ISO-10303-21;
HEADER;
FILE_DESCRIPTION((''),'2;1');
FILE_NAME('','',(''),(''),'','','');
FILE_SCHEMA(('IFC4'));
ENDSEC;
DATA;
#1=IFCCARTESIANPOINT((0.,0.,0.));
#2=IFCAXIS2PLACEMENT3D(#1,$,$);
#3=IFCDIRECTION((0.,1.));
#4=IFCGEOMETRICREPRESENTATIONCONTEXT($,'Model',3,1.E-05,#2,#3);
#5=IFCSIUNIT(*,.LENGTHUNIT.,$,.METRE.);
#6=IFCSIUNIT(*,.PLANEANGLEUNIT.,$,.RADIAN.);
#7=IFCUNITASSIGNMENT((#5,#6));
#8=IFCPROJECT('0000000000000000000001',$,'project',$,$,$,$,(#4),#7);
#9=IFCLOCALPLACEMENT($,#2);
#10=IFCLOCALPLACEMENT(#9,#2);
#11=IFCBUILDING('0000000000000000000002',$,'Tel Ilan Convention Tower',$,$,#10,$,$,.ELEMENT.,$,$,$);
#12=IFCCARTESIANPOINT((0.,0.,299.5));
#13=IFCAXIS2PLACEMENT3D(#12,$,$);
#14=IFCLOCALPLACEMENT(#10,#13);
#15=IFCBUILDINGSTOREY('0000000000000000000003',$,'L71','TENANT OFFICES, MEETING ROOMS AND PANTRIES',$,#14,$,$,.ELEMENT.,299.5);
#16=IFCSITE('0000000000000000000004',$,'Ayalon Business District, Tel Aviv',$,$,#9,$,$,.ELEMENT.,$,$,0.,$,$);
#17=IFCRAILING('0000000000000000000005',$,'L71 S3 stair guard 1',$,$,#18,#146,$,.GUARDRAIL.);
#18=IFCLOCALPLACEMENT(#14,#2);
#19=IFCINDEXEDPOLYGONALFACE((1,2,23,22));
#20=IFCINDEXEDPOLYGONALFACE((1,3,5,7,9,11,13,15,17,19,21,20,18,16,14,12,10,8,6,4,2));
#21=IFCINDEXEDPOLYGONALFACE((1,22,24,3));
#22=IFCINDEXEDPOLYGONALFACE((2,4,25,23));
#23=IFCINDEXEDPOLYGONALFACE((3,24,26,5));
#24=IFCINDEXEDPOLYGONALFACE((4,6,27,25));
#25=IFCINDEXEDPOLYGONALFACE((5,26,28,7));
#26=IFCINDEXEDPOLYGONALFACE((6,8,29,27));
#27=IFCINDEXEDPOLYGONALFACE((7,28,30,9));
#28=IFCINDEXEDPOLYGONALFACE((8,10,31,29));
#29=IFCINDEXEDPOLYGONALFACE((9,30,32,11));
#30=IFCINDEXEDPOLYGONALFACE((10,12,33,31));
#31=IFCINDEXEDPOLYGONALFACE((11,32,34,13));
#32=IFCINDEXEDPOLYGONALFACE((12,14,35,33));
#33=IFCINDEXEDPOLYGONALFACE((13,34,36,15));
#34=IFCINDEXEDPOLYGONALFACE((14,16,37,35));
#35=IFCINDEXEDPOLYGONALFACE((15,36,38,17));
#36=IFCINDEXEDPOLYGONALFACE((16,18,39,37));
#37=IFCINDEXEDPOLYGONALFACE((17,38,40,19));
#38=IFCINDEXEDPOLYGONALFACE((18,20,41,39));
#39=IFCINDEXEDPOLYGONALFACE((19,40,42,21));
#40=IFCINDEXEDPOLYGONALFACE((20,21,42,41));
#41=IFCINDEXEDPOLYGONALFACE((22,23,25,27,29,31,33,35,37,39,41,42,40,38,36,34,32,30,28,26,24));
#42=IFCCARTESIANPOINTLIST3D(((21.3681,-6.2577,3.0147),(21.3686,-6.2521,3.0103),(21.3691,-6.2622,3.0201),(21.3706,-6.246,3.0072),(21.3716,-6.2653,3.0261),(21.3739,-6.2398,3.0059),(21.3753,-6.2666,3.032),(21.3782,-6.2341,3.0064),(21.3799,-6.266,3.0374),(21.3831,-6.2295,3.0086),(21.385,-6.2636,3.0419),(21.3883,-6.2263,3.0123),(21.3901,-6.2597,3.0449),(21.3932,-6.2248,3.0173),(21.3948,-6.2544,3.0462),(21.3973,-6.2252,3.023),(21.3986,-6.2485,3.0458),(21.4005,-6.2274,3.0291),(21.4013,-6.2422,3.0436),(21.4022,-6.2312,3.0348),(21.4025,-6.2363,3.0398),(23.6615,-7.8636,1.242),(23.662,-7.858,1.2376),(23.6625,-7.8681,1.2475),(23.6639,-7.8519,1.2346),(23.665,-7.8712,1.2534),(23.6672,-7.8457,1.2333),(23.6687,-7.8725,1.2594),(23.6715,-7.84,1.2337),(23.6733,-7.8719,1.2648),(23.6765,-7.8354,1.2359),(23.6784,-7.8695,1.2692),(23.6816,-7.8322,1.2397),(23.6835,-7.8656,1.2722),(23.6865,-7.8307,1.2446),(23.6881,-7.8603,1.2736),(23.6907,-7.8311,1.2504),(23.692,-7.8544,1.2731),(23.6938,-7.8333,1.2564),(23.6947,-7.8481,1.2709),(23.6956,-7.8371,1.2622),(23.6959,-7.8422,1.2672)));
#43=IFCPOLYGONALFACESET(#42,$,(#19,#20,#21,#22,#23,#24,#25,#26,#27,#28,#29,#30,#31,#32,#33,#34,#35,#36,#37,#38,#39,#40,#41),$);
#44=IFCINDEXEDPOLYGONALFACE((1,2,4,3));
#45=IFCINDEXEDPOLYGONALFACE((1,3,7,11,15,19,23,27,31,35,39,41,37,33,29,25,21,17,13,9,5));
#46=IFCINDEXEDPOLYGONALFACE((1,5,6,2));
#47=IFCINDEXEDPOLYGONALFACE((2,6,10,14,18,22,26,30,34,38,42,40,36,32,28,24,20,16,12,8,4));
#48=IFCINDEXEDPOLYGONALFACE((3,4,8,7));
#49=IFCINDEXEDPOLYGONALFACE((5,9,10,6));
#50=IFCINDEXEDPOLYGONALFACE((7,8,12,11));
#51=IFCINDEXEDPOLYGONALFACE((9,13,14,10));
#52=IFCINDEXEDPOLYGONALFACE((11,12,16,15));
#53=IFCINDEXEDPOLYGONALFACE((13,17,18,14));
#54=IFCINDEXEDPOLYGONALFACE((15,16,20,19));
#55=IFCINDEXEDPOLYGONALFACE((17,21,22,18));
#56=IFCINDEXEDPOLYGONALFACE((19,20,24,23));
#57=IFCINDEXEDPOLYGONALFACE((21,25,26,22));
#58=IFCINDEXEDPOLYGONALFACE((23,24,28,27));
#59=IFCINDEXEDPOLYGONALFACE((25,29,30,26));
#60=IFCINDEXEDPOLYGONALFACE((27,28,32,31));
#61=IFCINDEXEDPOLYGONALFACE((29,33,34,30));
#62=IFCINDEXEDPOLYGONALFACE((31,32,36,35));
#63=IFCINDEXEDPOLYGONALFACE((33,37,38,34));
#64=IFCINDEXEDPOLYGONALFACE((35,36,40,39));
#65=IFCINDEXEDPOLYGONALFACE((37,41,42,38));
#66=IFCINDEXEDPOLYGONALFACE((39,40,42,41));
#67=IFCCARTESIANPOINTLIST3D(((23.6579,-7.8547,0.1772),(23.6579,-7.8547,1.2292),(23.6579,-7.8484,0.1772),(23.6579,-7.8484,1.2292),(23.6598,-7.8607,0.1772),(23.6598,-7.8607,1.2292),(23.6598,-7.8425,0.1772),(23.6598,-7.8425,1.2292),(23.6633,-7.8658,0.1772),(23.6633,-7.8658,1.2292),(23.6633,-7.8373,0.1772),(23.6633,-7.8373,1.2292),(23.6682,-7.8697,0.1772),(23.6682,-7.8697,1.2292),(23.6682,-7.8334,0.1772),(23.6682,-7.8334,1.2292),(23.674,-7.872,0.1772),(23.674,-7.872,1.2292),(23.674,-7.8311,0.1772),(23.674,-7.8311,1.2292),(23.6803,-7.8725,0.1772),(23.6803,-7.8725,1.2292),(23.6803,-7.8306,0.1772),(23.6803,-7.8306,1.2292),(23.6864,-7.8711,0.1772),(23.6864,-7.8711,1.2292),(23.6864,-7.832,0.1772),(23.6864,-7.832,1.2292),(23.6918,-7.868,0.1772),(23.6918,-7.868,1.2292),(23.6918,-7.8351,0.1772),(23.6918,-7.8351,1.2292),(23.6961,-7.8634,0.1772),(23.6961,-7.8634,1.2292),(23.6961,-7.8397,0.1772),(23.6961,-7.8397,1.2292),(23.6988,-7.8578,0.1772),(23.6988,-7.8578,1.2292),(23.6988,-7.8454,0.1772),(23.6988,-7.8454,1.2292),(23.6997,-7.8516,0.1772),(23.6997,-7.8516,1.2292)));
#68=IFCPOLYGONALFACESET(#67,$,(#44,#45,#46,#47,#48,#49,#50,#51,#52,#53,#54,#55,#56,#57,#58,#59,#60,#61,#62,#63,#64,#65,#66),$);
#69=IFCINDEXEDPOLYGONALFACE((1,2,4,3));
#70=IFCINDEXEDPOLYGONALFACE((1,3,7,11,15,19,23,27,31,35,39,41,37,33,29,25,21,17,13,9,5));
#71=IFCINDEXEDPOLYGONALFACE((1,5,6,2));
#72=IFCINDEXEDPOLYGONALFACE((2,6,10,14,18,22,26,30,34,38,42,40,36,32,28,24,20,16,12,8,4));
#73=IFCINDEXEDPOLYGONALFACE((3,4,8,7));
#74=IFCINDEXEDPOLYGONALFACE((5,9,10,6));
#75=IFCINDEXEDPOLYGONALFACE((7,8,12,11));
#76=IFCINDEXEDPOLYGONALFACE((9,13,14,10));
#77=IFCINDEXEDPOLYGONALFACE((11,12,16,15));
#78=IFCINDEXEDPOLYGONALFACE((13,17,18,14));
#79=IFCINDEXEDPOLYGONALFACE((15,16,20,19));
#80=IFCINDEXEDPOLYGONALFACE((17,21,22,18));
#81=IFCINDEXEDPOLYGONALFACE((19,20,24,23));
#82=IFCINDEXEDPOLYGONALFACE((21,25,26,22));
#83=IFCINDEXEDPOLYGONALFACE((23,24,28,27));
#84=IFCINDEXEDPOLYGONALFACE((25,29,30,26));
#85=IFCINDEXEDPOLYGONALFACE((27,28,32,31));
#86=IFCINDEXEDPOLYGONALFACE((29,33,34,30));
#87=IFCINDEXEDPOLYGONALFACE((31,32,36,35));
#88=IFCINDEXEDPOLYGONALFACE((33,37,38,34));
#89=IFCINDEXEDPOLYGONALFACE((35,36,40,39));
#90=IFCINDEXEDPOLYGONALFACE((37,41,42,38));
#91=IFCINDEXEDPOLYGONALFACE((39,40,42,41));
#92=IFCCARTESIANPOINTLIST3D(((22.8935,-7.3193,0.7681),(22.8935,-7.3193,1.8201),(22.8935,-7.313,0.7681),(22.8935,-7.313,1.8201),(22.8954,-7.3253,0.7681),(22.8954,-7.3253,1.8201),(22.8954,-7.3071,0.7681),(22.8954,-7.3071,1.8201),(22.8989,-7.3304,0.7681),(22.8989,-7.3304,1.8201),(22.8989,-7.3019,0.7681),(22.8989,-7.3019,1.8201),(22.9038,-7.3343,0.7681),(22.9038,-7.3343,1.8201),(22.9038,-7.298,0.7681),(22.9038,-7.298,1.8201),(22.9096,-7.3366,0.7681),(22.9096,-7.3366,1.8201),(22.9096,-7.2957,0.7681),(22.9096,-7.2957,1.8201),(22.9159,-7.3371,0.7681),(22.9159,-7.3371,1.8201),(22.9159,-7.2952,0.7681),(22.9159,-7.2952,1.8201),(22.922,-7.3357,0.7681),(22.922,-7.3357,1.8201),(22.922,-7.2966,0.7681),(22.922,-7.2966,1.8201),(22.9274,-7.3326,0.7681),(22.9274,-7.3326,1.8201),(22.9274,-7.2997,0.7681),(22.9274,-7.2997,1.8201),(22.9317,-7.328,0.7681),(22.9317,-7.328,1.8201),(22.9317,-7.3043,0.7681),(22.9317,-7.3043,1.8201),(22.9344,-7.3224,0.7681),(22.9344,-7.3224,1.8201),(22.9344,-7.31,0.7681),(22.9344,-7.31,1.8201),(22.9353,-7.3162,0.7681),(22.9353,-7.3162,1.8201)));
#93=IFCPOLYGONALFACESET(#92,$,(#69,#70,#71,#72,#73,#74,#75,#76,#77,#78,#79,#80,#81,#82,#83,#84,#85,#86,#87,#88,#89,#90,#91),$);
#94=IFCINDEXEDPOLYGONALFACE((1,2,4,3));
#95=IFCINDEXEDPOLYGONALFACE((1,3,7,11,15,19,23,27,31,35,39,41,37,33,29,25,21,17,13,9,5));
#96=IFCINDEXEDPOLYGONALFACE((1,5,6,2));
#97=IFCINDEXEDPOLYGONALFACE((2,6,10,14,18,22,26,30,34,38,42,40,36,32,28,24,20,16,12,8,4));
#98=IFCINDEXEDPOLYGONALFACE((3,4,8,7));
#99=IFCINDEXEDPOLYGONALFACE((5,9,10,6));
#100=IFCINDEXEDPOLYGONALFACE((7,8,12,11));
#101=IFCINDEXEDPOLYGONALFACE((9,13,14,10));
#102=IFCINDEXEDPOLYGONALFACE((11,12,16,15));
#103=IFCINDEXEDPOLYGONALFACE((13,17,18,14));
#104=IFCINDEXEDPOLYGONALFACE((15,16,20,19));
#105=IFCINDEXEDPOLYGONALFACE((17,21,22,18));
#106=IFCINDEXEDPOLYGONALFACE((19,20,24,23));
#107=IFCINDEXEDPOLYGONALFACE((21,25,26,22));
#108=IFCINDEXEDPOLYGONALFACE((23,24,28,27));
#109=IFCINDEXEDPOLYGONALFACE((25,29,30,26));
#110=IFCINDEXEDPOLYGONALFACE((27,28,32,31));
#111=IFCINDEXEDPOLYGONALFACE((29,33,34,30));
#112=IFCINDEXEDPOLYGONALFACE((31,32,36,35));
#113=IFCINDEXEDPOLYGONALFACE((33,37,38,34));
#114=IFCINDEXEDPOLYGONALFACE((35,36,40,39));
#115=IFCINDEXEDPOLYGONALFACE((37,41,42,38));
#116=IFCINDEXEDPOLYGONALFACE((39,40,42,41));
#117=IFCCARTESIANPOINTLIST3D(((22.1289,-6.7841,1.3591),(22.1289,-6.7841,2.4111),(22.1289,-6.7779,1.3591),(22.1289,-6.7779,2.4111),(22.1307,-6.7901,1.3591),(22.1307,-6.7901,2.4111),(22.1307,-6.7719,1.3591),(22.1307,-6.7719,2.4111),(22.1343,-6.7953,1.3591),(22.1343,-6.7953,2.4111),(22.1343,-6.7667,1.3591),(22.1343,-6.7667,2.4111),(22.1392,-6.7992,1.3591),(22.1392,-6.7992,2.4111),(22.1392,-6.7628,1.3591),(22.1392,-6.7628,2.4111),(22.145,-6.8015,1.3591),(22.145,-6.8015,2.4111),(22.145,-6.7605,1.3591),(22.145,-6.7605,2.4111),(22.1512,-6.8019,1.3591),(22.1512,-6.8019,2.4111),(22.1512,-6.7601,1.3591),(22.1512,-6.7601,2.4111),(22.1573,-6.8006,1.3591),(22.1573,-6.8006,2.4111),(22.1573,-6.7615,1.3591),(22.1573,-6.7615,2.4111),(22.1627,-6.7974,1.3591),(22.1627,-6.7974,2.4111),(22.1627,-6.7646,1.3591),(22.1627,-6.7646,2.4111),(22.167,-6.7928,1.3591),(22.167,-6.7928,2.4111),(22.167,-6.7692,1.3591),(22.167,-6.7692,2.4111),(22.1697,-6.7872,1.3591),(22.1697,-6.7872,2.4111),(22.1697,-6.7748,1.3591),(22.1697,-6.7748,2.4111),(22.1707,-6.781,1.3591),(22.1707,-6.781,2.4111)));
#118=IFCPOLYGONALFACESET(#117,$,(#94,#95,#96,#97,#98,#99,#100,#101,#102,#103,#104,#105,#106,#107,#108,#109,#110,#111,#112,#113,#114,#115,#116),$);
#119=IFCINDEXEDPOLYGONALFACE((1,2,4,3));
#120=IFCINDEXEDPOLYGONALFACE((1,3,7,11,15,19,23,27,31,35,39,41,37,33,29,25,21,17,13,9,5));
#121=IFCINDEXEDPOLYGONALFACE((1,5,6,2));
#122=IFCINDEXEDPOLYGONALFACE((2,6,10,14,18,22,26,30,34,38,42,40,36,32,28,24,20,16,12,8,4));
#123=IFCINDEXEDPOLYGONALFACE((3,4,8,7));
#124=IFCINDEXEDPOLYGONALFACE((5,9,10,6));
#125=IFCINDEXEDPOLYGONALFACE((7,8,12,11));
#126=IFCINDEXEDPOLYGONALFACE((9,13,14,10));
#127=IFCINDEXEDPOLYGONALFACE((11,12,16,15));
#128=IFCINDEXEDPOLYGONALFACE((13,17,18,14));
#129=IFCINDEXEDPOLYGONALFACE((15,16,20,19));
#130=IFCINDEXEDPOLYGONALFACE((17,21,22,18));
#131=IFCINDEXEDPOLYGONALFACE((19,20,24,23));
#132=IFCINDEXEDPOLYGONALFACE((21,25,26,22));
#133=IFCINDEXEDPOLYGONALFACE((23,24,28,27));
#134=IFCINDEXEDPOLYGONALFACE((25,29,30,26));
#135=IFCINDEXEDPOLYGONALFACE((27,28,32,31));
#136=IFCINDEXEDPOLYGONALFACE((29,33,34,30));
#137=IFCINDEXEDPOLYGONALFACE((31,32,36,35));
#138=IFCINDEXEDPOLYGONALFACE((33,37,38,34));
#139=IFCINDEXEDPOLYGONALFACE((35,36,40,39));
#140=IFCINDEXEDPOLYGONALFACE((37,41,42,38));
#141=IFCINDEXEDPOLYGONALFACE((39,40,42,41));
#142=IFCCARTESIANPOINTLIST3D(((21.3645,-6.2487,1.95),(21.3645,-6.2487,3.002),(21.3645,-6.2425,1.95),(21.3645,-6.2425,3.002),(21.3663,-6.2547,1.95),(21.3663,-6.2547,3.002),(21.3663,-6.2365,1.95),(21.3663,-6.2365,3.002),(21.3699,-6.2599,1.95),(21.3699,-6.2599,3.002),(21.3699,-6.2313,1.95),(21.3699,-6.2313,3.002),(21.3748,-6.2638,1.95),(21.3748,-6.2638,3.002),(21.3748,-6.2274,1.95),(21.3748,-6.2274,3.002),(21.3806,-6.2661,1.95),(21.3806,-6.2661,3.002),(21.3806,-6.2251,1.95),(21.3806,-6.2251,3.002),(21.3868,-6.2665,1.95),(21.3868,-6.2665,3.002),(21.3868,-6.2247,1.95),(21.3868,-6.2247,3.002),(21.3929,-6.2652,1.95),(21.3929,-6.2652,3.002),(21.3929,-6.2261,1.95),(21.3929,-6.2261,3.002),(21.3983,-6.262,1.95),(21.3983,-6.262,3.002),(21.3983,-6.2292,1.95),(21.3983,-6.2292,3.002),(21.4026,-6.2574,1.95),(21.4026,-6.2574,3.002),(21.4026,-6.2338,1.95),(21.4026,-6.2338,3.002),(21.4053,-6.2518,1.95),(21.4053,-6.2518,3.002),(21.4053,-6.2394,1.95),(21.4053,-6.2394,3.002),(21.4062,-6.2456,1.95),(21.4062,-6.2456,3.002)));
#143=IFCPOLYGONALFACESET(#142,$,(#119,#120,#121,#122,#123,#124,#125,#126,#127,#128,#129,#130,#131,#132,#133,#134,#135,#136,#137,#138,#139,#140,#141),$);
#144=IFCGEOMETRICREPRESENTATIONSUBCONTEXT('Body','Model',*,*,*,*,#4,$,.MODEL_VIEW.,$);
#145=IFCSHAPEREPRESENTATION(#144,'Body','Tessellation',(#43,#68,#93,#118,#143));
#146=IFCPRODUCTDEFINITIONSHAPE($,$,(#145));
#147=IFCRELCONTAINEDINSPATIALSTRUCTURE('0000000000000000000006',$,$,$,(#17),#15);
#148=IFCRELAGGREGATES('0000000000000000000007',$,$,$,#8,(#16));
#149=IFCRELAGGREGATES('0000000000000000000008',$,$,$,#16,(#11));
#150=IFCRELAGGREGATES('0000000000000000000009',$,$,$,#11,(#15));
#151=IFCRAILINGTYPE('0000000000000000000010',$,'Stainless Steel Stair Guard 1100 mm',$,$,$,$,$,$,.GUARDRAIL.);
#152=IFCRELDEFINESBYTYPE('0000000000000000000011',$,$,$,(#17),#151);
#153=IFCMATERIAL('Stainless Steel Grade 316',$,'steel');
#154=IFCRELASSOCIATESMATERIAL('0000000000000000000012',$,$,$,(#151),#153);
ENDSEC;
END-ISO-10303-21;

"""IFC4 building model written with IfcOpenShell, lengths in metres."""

from ifc_helpers import new_model, si_unit, direction, frame, origin, origin_2d, place, context, subcontext, project, spatial, circle, extrude, material, type_object, element, save


model = new_model("IFC4")

# Units and contexts
model_context = context("Model", 3, precision=1e-05, world=origin(), true_north=direction((0.0, 1.0)))
body_context = subcontext(model_context, "Body", "Model", "MODEL_VIEW")
ifc_project = project(units=[si_unit("LENGTHUNIT", "METRE"), si_unit("PLANEANGLEUNIT", "RADIAN")], contexts=[model_context])

# Site, building, storey
site_placement = place(None, origin())
site = spatial("IfcSite", under=ifc_project, at=site_placement, Name="Ayalon Business District, Tel Aviv", CompositionType="ELEMENT", RefElevation=0.0)
building_placement = place(site_placement, origin())
building = spatial("IfcBuilding", under=site, at=building_placement, Name="Tel Ilan Convention Tower", CompositionType="ELEMENT")
storey_placement = place(building_placement, frame((0.0, 0.0, 299.5)))
storey = spatial("IfcBuildingStorey", under=building, at=storey_placement, Name="L71", Description="TENANT OFFICES, MEETING ROOMS AND PANTRIES", CompositionType="ELEMENT", Elevation=299.5)

# Railing
ifc_material_1 = material(Name="Stainless Steel Grade 316", Category="steel")
railing_type_1 = type_object("IfcRailingType", Name="Stainless Steel Stair Guard 1100 mm", PredefinedType="GUARDRAIL", material=ifc_material_1)
railing_1_placement = place(storey_placement, frame((23.6787, -7.8516, 0.1772)))
element("IfcRailing", 1, at=railing_1_placement, inside=storey, type_object=railing_type_1, Name="L71 S3 stair guard 1", PredefinedType="GUARDRAIL", context=body_context, shape_type="SweptSolid", body=[
    extrude(circle(Radius=0.0239, at=origin_2d()), frame((0.0, 0.0, 1.0762), z_axis=(-0.692085, 0.484621, 0.53494), x_axis=(-0.573591, -0.819142, 0.0)), (0.0, 0.0, 1.0), 3.3137),
    extrude(circle(Radius=0.021, at=origin_2d()), origin(), (0.0, 0.0, 1.0), 1.052),
    extrude(circle(Radius=0.021, at=origin_2d()), frame((-0.7644, 0.5354, 0.5908)), (0.0, 0.0, 1.0), 1.052),
    extrude(circle(Radius=0.021, at=origin_2d()), frame((-1.5291, 1.0706, 1.1819)), (0.0, 0.0, 1.0), 1.052),
    extrude(circle(Radius=0.021, at=origin_2d()), frame((-2.2935, 1.606, 1.7727)), (0.0, 0.0, 1.0), 1.052),
])

save(model, "model.ifc")
